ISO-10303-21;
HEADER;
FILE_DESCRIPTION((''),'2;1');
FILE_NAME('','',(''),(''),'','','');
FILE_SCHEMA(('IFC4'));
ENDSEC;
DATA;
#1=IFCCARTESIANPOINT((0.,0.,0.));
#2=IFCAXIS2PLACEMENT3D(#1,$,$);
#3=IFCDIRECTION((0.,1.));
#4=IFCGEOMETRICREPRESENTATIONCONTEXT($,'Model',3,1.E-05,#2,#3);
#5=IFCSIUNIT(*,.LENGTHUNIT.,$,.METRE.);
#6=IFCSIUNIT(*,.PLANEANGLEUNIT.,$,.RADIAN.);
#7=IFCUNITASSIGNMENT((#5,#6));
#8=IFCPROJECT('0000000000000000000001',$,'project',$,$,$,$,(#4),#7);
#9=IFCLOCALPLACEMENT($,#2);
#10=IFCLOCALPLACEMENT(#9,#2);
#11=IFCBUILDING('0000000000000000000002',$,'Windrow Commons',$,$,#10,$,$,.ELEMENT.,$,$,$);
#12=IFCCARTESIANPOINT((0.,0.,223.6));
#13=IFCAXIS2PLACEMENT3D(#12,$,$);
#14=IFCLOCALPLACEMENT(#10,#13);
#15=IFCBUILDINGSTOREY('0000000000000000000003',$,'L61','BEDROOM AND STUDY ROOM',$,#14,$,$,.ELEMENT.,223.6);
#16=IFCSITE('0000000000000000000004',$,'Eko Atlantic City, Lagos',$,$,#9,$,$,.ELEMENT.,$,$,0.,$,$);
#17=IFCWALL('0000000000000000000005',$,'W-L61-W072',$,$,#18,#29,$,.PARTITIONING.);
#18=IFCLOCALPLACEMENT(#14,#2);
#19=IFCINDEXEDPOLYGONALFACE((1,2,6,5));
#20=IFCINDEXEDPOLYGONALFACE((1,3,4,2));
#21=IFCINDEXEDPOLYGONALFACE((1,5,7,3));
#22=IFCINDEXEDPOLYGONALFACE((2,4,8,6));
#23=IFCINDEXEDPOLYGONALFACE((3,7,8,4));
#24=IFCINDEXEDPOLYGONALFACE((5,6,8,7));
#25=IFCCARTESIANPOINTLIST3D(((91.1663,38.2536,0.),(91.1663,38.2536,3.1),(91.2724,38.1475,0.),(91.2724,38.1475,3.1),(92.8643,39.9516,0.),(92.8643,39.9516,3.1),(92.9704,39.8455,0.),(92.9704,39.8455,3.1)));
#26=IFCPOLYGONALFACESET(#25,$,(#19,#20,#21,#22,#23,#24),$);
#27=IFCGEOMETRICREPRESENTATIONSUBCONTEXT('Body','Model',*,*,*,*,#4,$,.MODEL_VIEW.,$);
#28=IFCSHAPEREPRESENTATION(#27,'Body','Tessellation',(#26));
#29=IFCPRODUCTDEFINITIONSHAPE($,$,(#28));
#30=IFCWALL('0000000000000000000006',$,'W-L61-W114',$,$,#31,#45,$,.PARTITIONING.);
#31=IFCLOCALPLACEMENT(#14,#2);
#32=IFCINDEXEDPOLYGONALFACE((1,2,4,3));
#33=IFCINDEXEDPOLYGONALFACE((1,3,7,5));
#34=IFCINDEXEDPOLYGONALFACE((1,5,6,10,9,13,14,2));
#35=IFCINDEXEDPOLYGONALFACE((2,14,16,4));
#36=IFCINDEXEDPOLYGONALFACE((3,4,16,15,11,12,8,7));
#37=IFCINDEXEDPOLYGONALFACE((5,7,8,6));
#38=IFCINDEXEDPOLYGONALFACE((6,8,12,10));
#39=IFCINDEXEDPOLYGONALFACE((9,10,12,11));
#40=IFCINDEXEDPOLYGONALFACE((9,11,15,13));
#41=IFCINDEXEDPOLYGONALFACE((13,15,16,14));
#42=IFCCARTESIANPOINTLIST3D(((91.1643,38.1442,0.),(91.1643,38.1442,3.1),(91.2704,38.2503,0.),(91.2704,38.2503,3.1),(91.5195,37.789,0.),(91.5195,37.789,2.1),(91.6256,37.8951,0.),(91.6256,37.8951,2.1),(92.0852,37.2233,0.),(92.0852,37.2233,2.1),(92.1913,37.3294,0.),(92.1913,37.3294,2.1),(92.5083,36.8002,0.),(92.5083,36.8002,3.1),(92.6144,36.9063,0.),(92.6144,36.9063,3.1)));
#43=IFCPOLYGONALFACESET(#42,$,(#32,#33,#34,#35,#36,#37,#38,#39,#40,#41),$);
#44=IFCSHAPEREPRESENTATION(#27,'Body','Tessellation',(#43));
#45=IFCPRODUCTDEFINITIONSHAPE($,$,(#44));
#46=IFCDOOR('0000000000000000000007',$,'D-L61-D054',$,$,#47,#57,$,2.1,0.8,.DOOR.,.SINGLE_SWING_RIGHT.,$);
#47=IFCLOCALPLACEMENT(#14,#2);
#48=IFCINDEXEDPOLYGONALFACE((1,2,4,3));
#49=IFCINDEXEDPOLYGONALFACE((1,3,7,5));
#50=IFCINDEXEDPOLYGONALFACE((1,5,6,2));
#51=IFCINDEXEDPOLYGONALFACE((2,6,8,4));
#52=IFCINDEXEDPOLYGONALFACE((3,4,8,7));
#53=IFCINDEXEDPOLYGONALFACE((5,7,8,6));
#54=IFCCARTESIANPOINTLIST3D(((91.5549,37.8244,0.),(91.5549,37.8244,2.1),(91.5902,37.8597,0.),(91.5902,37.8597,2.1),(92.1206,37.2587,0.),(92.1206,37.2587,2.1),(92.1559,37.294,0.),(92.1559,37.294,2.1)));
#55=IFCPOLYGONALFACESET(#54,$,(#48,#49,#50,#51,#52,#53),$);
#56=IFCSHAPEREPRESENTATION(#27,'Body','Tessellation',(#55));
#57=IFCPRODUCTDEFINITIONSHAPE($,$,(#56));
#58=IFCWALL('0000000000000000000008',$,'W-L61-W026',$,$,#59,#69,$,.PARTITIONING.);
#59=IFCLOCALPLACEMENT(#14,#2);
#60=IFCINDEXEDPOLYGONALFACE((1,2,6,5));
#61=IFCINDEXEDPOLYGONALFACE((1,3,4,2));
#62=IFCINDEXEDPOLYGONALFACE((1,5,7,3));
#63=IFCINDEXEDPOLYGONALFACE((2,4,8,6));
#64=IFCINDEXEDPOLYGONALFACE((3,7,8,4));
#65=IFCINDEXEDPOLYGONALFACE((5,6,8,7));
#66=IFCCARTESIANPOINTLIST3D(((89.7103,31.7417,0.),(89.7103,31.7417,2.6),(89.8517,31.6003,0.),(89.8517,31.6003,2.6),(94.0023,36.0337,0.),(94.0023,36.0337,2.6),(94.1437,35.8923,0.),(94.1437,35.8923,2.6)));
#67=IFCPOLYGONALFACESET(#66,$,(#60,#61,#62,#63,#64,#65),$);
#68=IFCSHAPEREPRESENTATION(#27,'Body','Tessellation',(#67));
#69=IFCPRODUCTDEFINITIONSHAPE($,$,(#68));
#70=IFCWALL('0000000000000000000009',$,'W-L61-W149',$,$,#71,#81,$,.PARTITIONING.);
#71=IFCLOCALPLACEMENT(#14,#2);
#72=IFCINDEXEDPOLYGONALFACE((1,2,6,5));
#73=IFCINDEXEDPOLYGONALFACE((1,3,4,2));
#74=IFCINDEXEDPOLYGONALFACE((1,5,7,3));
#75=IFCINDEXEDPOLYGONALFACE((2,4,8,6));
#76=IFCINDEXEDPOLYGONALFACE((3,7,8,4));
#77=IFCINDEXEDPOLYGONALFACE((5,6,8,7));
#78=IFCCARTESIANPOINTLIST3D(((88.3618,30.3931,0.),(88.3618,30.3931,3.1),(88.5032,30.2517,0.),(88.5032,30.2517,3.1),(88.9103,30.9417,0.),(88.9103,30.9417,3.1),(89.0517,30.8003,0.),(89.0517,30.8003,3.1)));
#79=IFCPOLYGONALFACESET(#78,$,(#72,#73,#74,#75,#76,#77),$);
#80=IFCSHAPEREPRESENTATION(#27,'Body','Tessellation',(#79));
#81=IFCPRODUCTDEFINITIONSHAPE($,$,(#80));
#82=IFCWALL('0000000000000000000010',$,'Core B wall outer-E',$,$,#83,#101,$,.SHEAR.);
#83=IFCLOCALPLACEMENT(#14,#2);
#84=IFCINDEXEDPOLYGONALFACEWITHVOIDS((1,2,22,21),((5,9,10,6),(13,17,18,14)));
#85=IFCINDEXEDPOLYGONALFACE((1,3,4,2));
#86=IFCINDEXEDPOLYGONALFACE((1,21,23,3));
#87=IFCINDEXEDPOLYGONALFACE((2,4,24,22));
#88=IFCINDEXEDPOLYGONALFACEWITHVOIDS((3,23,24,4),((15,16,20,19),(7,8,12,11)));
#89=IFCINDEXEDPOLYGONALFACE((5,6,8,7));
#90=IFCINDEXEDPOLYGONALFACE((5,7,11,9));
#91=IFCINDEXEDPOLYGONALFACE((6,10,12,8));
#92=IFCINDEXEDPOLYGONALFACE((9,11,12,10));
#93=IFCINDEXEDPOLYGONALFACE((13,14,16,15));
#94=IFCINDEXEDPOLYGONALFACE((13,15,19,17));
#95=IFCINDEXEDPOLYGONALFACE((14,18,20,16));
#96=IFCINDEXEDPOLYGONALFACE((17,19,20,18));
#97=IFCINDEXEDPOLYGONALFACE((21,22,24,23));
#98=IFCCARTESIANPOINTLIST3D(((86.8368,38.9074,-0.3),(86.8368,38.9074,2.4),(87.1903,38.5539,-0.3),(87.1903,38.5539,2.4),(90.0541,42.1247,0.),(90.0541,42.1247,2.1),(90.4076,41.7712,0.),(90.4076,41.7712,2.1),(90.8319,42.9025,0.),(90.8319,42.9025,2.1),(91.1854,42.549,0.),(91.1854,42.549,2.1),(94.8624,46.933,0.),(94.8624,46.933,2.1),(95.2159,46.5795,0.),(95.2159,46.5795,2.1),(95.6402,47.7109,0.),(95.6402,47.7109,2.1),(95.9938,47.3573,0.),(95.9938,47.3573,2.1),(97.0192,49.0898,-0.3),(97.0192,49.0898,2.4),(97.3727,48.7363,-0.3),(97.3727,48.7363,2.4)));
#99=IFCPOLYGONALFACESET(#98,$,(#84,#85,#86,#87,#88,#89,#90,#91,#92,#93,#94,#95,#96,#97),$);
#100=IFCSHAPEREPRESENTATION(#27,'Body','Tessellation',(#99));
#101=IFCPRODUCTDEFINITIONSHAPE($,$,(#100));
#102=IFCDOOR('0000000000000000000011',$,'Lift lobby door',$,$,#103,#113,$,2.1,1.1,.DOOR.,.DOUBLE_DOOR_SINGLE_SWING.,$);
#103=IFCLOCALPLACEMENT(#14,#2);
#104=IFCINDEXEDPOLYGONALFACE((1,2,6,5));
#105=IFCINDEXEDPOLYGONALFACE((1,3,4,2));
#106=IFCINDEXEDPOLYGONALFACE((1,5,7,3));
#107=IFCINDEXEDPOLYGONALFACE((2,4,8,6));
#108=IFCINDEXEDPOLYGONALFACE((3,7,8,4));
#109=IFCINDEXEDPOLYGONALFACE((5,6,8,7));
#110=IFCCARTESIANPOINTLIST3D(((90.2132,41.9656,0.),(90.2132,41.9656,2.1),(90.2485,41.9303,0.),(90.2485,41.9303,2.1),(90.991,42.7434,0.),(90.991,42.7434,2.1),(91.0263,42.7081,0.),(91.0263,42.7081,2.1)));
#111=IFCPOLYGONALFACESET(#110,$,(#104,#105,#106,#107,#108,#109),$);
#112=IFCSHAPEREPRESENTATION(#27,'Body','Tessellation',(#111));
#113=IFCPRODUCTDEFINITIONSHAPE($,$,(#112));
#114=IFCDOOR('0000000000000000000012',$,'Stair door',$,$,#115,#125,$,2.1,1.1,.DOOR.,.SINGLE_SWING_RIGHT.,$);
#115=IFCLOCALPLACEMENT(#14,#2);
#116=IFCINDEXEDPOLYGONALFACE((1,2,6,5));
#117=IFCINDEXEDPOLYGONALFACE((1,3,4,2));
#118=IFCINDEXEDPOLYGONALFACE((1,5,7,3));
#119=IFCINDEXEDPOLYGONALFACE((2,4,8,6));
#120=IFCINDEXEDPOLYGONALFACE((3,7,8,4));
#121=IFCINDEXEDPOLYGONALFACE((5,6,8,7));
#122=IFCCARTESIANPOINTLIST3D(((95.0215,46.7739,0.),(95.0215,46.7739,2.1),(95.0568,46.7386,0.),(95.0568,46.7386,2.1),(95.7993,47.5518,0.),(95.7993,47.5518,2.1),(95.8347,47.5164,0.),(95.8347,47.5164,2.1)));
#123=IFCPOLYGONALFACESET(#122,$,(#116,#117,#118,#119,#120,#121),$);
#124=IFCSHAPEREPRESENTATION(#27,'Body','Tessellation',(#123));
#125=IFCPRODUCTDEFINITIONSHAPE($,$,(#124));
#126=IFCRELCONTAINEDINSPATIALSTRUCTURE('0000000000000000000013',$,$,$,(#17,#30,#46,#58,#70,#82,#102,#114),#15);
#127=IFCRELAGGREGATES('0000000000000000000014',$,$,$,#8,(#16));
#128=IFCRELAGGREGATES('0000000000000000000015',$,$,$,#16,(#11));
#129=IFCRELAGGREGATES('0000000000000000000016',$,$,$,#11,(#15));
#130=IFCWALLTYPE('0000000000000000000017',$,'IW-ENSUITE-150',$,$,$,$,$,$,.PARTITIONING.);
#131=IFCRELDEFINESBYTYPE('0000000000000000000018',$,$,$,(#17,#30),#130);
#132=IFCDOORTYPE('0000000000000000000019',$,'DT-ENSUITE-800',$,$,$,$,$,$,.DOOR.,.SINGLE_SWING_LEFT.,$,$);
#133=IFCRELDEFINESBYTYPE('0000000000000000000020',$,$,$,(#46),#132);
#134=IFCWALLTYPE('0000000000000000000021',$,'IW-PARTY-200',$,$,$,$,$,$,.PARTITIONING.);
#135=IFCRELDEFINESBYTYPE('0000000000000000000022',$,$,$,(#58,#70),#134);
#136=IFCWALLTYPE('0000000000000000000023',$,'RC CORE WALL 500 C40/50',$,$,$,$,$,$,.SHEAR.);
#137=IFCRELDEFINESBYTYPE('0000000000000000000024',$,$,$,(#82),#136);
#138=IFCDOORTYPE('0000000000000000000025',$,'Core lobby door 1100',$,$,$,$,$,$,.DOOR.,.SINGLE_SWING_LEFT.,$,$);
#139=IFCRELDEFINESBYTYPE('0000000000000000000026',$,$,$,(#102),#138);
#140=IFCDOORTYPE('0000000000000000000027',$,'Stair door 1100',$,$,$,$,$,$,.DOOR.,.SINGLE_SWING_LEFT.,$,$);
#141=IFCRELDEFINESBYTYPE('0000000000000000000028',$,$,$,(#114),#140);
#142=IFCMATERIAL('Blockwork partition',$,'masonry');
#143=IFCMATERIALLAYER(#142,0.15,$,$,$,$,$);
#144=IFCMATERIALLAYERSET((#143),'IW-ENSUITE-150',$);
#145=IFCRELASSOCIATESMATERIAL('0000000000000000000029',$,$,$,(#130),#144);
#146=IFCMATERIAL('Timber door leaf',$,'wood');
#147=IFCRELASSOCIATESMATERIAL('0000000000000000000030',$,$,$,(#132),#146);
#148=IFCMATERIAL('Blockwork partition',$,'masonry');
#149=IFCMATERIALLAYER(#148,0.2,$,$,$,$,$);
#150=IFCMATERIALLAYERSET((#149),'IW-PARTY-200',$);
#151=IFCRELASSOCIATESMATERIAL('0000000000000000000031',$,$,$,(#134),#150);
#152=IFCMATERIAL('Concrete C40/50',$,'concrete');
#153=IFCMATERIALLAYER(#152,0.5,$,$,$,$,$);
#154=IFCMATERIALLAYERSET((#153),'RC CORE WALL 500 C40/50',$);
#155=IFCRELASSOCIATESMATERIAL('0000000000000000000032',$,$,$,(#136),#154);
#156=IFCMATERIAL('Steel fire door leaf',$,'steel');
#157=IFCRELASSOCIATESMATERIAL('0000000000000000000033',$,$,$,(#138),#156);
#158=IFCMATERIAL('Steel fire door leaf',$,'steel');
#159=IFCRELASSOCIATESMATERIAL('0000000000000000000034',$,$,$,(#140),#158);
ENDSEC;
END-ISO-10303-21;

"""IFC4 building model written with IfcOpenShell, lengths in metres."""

from ifc_helpers import new_model, si_unit, direction, frame, frame_2d, origin, place, context, subcontext, project, spatial, rectangle, extrude, material, layer, layer_set, type_object, element, fill, save


model = new_model("IFC4")

# Units and contexts
model_context = context("Model", 3, precision=1e-05, world=origin(), true_north=direction((0.0, 1.0)))
body_context = subcontext(model_context, "Body", "Model", "MODEL_VIEW")
ifc_project = project(units=[si_unit("LENGTHUNIT", "METRE"), si_unit("PLANEANGLEUNIT", "RADIAN")], contexts=[model_context])

# Site, building, storey
site_placement = place(None, origin())
site = spatial("IfcSite", under=ifc_project, at=site_placement, Name="Eko Atlantic City, Lagos", CompositionType="ELEMENT", RefElevation=0.0)
building_placement = place(site_placement, origin())
building = spatial("IfcBuilding", under=site, at=building_placement, Name="Windrow Commons", CompositionType="ELEMENT")
storey_placement = place(building_placement, frame((0.0, 0.0, 223.6)))
storey = spatial("IfcBuildingStorey", under=building, at=storey_placement, Name="L61", Description="BEDROOM AND STUDY ROOM", CompositionType="ELEMENT", Elevation=223.6)

# Wall
ifc_material_1 = material(Name="Blockwork partition", Category="masonry")
ifc_layer_1 = layer(ifc_material_1, 0.15)
ifc_layer_set_1 = layer_set([ifc_layer_1], Name="IW-ENSUITE-150")
wall_type_1 = type_object("IfcWallType", Name="IW-ENSUITE-150", PredefinedType="PARTITIONING", material=ifc_layer_set_1)
wall_1_placement = place(storey_placement, frame((91.2194, 38.2006, 0.0), z_axis=(0.0, 0.0, 1.0), x_axis=(0.707107, 0.707107, 0.0)))
element("IfcWall", 1, at=wall_1_placement, inside=storey, type_object=wall_type_1, Name="W-L61-W072", PredefinedType="PARTITIONING", context=body_context, shape_type="SweptSolid", body=[
    extrude(rectangle(XDim=2.4013, YDim=0.15, at=frame_2d((1.2006, 0.0))), origin(), (0.0, 0.0, 1.0), 3.1),
])

# Wall, opening, door
wall_2_placement = place(storey_placement, frame((91.2173, 38.1973, 0.0), z_axis=(0.0, 0.0, 1.0), x_axis=(0.707107, -0.707107, 0.0)))
wall_2 = element("IfcWall", 2, at=wall_2_placement, inside=storey, type_object=wall_type_1, Name="W-L61-W114", PredefinedType="PARTITIONING", context=body_context, shape_type="SweptSolid", body=[
    extrude(rectangle(XDim=1.9007, YDim=0.15, at=frame_2d((0.9504, 0.0))), origin(), (0.0, 0.0, 1.0), 3.1),
])
opening_1_placement = place(wall_2_placement, frame((0.5024, 0.0, 0.0)))
opening_1 = element("IfcOpeningElement", 3, at=opening_1_placement, cuts=wall_2, PredefinedType="OPENING", context=body_context, shape_type="SweptSolid", body=[
    extrude(rectangle(XDim=0.8, YDim=2.1, at=frame_2d((0.4, 1.05))), frame((0.0, 0.085, 0.0), z_axis=(0.0, -1.0, 0.0), x_axis=(1.0, 0.0, 0.0)), (0.0, 0.0, 1.0), 0.17),
])
ifc_material_2 = material(Name="Timber door leaf", Category="wood")
door_type_1 = type_object("IfcDoorType", Name="DT-ENSUITE-800", OperationType="SINGLE_SWING_LEFT", PredefinedType="DOOR", material=ifc_material_2)
door_1_placement = place(opening_1_placement, origin())
door_1 = element("IfcDoor", 4, at=door_1_placement, inside=storey, type_object=door_type_1, Name="D-L61-D054", OperationType="SINGLE_SWING_RIGHT", OverallHeight=2.1, OverallWidth=0.8, PredefinedType="DOOR", context=body_context, shape_type="SweptSolid", body=[
    extrude(rectangle(XDim=0.8, YDim=2.1, at=frame_2d((0.4, 1.05))), frame((0.0, 0.025, 0.0), z_axis=(0.0, -1.0, 0.0), x_axis=(1.0, 0.0, 0.0)), (0.0, 0.0, 1.0), 0.05),
])
fill(opening_1, door_1)

# Walls
ifc_material_3 = material(Name="Blockwork partition", Category="masonry")
ifc_layer_2 = layer(ifc_material_3, 0.2)
ifc_layer_set_2 = layer_set([ifc_layer_2], Name="IW-PARTY-200")
wall_type_2 = type_object("IfcWallType", Name="IW-PARTY-200", PredefinedType="PARTITIONING", material=ifc_layer_set_2)
wall_3_placement = place(storey_placement, frame((89.781, 31.671, 0.0), z_axis=(0.0, 0.0, 1.0), x_axis=(0.707107, 0.707107, 0.0)))
element("IfcWall", 5, at=wall_3_placement, inside=storey, type_object=wall_type_2, Name="W-L61-W026", PredefinedType="PARTITIONING", context=body_context, shape_type="SweptSolid", body=[
    extrude(rectangle(XDim=6.0698, YDim=0.2, at=frame_2d((3.0349, 0.0))), origin(), (0.0, 0.0, 1.0), 2.6),
])
wall_4_placement = place(storey_placement, frame((88.4325, 30.3224, 0.0), z_axis=(0.0, 0.0, 1.0), x_axis=(0.707042, 0.707171, 0.0)))
element("IfcWall", 6, at=wall_4_placement, inside=storey, type_object=wall_type_2, Name="W-L61-W149", PredefinedType="PARTITIONING", context=body_context, shape_type="SweptSolid", body=[
    extrude(rectangle(XDim=0.7758, YDim=0.2, at=frame_2d((0.3879, 0.0))), origin(), (0.0, 0.0, 1.0), 3.1),
])

# Wall, openings, doors
ifc_material_4 = material(Name="Concrete C40/50", Category="concrete")
ifc_layer_3 = layer(ifc_material_4, 0.5)
ifc_layer_set_3 = layer_set([ifc_layer_3], Name="RC CORE WALL 500 C40/50")
wall_type_3 = type_object("IfcWallType", Name="RC CORE WALL 500 C40/50", PredefinedType="SHEAR", material=ifc_layer_set_3)
wall_5_placement = place(storey_placement, frame((87.0135, 38.7306, -0.3), z_axis=(0.0, 0.0, 1.0), x_axis=(0.707107, 0.707107, 0.0)))
wall_5 = element("IfcWall", 7, at=wall_5_placement, inside=storey, type_object=wall_type_3, Name="Core B wall outer-E", PredefinedType="SHEAR", context=body_context, shape_type="SweptSolid", body=[
    extrude(rectangle(XDim=14.4001, YDim=0.5, at=frame_2d((7.2001, 0.0))), origin(), (0.0, 0.0, 1.0), 2.7),
])
opening_2_placement = place(wall_5_placement, frame((4.55, 0.0, 0.3)))
opening_2 = element("IfcOpeningElement", 8, at=opening_2_placement, cuts=wall_5, PredefinedType="OPENING", context=body_context, shape_type="SweptSolid", body=[
    extrude(rectangle(XDim=1.1, YDim=2.1, at=frame_2d((0.55, 1.05))), frame((0.0, 0.26, 0.0), z_axis=(0.0, -1.0, 0.0), x_axis=(1.0, 0.0, 0.0)), (0.0, 0.0, 1.0), 0.52),
])
opening_3_placement = place(wall_5_placement, frame((11.35, 0.0, 0.3)))
opening_3 = element("IfcOpeningElement", 9, at=opening_3_placement, cuts=wall_5, PredefinedType="OPENING", context=body_context, shape_type="SweptSolid", body=[
    extrude(rectangle(XDim=1.1, YDim=2.1, at=frame_2d((0.55, 1.05))), frame((0.0, 0.26, 0.0), z_axis=(0.0, -1.0, 0.0), x_axis=(1.0, 0.0, 0.0)), (0.0, 0.0, 1.0), 0.52),
])
ifc_material_5 = material(Name="Steel fire door leaf", Category="steel")
door_type_2 = type_object("IfcDoorType", Name="Core lobby door 1100", OperationType="SINGLE_SWING_LEFT", PredefinedType="DOOR", material=ifc_material_5)
door_2_placement = place(opening_2_placement, origin())
door_2 = element("IfcDoor", 10, at=door_2_placement, inside=storey, type_object=door_type_2, Name="Lift lobby door", OperationType="DOUBLE_DOOR_SINGLE_SWING", OverallHeight=2.1, OverallWidth=1.1, PredefinedType="DOOR", context=body_context, shape_type="SweptSolid", body=[
    extrude(rectangle(XDim=1.1, YDim=2.1, at=frame_2d((0.55, 1.05))), frame((0.0, 0.025, 0.0), z_axis=(0.0, -1.0, 0.0), x_axis=(1.0, 0.0, 0.0)), (0.0, 0.0, 1.0), 0.05),
])
fill(opening_2, door_2)
ifc_material_6 = material(Name="Steel fire door leaf", Category="steel")
door_type_3 = type_object("IfcDoorType", Name="Stair door 1100", OperationType="SINGLE_SWING_LEFT", PredefinedType="DOOR", material=ifc_material_6)
door_3_placement = place(opening_3_placement, origin())
door_3 = element("IfcDoor", 11, at=door_3_placement, inside=storey, type_object=door_type_3, Name="Stair door", OperationType="SINGLE_SWING_RIGHT", OverallHeight=2.1, OverallWidth=1.1, PredefinedType="DOOR", context=body_context, shape_type="SweptSolid", body=[
    extrude(rectangle(XDim=1.1, YDim=2.1, at=frame_2d((0.55, 1.05))), frame((0.0, 0.025, 0.0), z_axis=(0.0, -1.0, 0.0), x_axis=(1.0, 0.0, 0.0)), (0.0, 0.0, 1.0), 0.05),
])
fill(opening_3, door_3)

save(model, "model.ifc")
